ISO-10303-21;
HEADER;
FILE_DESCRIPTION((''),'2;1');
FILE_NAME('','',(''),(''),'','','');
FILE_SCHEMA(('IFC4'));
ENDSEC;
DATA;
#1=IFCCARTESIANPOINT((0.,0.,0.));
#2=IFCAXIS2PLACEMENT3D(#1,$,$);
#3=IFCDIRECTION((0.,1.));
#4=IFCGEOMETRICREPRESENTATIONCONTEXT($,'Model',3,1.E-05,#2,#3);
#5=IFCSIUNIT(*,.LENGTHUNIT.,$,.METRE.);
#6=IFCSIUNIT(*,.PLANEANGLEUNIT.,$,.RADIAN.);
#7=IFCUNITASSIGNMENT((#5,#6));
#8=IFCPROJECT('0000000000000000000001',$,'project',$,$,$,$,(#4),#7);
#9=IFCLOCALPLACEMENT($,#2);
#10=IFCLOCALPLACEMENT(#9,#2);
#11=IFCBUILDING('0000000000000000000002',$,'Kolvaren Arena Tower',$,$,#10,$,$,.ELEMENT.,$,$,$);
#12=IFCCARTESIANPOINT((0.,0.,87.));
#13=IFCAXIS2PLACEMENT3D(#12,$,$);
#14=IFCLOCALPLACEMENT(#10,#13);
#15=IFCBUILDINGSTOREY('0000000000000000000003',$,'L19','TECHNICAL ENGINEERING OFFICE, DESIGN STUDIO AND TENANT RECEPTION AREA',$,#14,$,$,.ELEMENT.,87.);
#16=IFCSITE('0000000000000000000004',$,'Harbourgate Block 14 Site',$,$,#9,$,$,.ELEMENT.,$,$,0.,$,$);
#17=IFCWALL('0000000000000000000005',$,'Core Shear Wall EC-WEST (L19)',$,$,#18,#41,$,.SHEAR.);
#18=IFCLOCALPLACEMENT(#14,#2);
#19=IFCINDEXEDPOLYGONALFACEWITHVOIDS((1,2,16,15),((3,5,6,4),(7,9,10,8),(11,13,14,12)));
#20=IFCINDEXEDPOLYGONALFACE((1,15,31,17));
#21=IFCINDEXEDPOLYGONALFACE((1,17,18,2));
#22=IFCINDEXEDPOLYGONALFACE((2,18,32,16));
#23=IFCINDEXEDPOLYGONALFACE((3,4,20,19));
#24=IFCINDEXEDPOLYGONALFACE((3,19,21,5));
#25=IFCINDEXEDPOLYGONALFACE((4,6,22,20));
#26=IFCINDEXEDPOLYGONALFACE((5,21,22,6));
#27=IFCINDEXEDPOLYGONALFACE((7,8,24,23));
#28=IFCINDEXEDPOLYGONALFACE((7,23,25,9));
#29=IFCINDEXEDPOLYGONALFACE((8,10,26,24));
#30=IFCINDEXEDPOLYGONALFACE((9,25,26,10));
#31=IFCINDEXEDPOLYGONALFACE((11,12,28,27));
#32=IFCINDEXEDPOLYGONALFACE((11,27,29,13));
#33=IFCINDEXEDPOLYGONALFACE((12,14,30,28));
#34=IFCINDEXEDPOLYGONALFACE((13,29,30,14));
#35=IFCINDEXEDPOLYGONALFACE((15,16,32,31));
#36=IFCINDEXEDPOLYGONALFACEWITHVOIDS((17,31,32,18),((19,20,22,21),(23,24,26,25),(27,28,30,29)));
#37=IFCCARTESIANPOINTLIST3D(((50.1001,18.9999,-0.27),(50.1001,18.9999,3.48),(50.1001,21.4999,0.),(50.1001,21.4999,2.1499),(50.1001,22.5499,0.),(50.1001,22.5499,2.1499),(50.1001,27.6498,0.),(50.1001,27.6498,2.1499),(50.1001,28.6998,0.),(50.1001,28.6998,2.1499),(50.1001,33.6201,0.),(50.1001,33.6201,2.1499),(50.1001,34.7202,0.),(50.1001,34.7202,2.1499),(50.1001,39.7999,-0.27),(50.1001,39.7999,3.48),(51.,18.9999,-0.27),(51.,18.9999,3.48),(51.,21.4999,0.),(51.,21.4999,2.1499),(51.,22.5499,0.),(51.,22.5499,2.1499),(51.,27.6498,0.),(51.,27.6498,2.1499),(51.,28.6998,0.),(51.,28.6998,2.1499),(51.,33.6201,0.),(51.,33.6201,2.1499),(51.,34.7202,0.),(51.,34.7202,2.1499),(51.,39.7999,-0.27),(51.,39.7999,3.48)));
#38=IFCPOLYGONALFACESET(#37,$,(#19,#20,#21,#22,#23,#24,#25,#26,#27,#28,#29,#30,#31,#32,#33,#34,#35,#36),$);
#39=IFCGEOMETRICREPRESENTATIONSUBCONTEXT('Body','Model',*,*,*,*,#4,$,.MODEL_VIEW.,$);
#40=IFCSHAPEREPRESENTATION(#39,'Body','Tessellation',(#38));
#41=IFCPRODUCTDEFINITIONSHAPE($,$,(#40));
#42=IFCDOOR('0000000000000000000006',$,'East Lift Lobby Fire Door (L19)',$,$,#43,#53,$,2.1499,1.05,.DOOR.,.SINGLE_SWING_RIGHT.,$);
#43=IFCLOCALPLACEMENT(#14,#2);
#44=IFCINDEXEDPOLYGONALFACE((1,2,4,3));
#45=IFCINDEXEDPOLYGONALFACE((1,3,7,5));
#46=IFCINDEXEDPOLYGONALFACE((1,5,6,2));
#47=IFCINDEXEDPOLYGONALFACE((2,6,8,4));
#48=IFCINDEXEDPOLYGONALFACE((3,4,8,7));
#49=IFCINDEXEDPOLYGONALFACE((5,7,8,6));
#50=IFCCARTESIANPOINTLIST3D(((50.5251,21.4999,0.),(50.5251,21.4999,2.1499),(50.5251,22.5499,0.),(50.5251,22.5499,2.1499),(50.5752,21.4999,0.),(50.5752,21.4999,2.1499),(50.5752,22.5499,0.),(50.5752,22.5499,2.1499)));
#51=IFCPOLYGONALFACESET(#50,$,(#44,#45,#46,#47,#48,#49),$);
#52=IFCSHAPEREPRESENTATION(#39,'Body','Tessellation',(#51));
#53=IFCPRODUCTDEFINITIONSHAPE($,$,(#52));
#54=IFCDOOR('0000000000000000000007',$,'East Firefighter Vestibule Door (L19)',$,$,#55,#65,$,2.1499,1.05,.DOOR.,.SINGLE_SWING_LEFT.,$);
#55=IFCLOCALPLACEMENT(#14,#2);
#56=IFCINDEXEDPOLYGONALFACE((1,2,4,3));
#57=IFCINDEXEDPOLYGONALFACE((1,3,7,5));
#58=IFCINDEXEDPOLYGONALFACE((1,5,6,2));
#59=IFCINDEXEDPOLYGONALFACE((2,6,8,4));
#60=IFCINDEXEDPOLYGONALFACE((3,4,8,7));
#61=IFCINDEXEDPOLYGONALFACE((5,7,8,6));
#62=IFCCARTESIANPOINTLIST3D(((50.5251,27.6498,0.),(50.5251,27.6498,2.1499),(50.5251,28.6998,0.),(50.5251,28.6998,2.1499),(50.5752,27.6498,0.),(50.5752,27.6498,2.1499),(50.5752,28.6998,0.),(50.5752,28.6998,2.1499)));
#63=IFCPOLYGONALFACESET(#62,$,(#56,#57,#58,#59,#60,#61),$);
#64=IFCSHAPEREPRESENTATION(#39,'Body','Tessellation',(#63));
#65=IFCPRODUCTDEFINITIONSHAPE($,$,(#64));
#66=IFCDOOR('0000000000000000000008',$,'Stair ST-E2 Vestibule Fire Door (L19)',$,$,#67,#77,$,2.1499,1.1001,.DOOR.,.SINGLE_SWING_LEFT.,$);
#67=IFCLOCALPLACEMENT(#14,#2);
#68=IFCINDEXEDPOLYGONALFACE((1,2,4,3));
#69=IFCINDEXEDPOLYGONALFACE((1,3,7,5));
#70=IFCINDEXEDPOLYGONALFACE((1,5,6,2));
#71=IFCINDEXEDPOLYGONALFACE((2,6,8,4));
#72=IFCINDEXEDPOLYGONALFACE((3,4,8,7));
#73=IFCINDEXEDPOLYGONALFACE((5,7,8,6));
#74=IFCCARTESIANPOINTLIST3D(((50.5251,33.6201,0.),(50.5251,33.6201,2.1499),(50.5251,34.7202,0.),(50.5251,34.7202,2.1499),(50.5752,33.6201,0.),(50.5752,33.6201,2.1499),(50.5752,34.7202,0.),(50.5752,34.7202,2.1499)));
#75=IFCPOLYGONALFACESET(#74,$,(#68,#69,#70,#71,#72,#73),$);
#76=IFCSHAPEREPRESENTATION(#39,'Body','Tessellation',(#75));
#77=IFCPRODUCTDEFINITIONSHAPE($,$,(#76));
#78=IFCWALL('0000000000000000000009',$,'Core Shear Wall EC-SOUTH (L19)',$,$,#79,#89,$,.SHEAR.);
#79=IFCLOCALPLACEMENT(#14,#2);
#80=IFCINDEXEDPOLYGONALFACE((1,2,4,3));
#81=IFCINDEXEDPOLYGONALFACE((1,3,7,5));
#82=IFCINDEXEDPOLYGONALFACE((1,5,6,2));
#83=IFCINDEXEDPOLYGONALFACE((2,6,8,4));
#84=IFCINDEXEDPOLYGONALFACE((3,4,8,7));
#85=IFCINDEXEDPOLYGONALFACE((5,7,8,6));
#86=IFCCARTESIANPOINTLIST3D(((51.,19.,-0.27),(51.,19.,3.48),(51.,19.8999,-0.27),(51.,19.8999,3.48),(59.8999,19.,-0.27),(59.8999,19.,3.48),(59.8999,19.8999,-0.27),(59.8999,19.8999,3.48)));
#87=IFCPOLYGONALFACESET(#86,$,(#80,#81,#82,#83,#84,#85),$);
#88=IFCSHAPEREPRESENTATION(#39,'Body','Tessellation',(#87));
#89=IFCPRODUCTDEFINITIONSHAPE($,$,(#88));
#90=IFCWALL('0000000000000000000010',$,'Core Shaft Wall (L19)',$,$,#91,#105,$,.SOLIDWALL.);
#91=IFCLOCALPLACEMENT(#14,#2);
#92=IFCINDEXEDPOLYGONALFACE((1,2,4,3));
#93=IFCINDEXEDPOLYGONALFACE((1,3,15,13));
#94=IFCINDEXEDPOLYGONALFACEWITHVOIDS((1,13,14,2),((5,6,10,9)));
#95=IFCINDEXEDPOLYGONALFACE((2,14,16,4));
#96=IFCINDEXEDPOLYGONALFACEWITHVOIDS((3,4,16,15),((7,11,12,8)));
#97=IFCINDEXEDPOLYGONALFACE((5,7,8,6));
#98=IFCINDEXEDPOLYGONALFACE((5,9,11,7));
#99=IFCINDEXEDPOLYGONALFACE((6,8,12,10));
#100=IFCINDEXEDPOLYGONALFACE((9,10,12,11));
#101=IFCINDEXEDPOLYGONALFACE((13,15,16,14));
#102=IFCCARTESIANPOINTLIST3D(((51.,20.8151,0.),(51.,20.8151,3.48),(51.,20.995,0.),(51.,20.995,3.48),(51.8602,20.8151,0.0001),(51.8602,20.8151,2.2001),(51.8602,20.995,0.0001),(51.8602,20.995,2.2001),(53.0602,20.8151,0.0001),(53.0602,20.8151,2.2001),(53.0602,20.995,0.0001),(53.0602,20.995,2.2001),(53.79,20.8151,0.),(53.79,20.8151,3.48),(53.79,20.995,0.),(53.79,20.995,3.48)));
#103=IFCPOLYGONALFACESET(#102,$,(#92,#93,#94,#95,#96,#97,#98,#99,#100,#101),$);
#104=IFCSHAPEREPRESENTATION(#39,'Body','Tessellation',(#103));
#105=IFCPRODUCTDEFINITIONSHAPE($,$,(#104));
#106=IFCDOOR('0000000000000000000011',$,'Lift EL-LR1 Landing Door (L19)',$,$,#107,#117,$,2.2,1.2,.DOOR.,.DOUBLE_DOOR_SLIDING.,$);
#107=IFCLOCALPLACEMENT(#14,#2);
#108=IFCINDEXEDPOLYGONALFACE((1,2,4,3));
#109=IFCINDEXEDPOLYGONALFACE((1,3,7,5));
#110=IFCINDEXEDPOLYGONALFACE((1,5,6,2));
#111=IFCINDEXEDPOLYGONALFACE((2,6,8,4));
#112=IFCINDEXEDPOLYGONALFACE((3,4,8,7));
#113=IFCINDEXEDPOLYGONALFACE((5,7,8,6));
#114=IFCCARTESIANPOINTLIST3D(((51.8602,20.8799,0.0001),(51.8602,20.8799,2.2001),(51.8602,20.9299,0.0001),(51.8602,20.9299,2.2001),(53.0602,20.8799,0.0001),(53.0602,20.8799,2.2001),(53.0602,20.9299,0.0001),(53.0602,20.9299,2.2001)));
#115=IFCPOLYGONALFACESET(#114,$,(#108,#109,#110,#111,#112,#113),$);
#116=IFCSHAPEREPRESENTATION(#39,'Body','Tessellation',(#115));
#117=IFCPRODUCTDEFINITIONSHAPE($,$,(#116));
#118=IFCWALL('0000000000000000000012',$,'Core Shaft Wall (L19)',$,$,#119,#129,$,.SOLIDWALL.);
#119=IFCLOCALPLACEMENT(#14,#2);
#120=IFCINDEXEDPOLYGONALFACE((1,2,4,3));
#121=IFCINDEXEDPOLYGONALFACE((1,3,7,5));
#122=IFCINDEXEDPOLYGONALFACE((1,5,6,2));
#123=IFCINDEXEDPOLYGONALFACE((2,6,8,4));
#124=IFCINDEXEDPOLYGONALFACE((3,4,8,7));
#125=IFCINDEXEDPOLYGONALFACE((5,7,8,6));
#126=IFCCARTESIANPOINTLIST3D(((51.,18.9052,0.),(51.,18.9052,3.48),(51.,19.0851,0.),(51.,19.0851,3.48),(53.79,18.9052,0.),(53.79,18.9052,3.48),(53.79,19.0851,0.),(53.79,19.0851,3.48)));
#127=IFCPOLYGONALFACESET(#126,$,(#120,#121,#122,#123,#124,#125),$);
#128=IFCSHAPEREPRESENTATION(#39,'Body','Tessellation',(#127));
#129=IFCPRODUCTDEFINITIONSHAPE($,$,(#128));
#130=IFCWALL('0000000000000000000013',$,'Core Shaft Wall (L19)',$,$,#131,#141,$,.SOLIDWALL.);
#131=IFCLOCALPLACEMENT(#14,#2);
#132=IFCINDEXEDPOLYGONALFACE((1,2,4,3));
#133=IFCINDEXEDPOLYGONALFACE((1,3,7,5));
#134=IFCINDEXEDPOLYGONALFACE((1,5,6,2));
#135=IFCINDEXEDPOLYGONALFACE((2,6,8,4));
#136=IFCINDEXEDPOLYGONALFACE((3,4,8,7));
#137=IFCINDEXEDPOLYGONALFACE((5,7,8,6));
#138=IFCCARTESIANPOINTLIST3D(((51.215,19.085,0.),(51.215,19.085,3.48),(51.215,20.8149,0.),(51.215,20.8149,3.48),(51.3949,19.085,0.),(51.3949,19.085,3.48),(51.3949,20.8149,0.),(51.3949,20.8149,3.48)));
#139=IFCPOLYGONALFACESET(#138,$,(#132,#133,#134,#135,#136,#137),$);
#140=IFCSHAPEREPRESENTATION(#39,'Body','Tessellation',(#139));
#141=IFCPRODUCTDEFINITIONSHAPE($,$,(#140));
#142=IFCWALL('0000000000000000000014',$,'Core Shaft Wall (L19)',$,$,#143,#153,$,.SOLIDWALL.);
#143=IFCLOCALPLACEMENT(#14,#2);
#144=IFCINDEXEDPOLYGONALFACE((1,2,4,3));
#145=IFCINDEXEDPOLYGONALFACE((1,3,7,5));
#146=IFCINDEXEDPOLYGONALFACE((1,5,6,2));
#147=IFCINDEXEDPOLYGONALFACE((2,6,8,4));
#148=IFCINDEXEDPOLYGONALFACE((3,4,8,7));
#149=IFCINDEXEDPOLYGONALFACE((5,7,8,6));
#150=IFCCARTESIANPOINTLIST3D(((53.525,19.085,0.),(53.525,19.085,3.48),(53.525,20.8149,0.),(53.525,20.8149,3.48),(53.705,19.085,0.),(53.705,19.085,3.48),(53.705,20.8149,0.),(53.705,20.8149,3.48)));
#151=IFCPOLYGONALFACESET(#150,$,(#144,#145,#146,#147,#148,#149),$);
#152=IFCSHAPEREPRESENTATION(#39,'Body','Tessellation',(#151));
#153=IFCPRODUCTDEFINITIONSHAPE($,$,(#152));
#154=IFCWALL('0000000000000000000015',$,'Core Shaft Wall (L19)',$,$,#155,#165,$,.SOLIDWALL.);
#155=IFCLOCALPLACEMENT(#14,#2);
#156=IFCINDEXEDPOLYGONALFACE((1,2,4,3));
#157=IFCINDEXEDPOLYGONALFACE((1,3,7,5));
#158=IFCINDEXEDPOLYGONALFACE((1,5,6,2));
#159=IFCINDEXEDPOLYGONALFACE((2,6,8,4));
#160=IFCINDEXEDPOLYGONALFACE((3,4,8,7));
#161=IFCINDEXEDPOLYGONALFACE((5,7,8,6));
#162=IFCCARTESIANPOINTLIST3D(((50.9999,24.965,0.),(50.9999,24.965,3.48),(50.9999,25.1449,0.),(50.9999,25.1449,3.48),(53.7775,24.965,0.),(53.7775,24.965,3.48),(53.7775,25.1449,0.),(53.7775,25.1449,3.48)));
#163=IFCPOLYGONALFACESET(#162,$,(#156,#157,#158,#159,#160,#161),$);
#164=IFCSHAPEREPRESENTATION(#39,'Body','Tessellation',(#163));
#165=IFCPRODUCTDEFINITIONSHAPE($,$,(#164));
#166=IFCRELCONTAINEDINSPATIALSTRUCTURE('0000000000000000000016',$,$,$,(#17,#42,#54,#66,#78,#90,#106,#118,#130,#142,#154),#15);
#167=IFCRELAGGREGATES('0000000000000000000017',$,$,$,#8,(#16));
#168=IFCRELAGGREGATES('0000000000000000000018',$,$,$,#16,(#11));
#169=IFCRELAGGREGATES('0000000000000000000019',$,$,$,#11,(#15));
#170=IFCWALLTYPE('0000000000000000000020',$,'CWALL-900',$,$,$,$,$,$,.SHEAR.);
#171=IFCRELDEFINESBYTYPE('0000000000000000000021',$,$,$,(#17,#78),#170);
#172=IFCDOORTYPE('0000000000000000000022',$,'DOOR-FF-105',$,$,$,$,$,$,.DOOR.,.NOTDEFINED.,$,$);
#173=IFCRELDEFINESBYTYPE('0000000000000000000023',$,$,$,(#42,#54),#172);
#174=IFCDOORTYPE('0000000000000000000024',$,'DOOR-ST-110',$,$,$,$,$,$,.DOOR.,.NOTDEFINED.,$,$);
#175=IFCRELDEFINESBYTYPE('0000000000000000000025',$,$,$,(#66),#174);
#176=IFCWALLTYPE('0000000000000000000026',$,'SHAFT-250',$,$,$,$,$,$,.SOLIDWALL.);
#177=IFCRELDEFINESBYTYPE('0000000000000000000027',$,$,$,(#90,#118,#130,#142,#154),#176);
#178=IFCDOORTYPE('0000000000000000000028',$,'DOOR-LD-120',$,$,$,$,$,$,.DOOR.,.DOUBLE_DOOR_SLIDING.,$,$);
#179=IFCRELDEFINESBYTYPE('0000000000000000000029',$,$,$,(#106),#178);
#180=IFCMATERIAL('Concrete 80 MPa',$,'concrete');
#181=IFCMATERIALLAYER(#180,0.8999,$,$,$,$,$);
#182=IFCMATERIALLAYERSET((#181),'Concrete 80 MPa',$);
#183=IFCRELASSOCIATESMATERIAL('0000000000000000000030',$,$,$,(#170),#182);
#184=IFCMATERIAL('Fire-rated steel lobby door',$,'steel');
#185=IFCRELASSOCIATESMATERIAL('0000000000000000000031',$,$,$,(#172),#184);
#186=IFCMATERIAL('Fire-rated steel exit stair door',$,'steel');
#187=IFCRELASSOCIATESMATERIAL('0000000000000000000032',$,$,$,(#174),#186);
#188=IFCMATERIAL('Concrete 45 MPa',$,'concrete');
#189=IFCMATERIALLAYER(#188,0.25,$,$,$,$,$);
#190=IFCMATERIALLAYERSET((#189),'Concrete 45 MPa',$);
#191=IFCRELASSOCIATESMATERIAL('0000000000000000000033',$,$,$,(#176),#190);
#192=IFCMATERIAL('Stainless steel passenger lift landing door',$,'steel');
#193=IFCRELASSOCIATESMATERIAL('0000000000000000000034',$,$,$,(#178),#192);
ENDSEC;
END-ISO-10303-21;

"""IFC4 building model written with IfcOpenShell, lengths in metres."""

from ifc_helpers import new_model, si_unit, direction, frame, frame_2d, origin, place, context, subcontext, project, spatial, rectangle, extrude, material, layer, layer_set, type_object, element, fill, save


model = new_model("IFC4")

# Units and contexts
model_context = context("Model", 3, precision=1e-05, world=origin(), true_north=direction((0.0, 1.0)))
body_context = subcontext(model_context, "Body", "Model", "MODEL_VIEW")
ifc_project = project(units=[si_unit("LENGTHUNIT", "METRE"), si_unit("PLANEANGLEUNIT", "RADIAN")], contexts=[model_context])

# Site, building, storey
site_placement = place(None, origin())
site = spatial("IfcSite", under=ifc_project, at=site_placement, Name="Harbourgate Block 14 Site", CompositionType="ELEMENT", RefElevation=0.0)
building_placement = place(site_placement, origin())
building = spatial("IfcBuilding", under=site, at=building_placement, Name="Kolvaren Arena Tower", CompositionType="ELEMENT")
storey_placement = place(building_placement, frame((0.0, 0.0, 87.0)))
storey = spatial("IfcBuildingStorey", under=building, at=storey_placement, Name="L19", Description="TECHNICAL ENGINEERING OFFICE, DESIGN STUDIO AND TENANT RECEPTION AREA", CompositionType="ELEMENT", Elevation=87.0)

# Wall, openings, doors
ifc_material_1 = material(Name="Concrete 80 MPa", Category="concrete")
ifc_layer_1 = layer(ifc_material_1, 0.8999)
ifc_layer_set_1 = layer_set([ifc_layer_1], Name="Concrete 80 MPa")
wall_type_1 = type_object("IfcWallType", Name="CWALL-900", PredefinedType="SHEAR", material=ifc_layer_set_1)
wall_1_placement = place(storey_placement, frame((50.55, 19.0, -0.27), z_axis=(0.0, 0.0, 1.0), x_axis=(0.0, 1.0, 0.0)))
wall_1 = element("IfcWall", 1, at=wall_1_placement, inside=storey, type_object=wall_type_1, Name="Core Shear Wall EC-WEST (L19)", PredefinedType="SHEAR", context=body_context, shape_type="SweptSolid", body=[
    extrude(rectangle(XDim=20.8, YDim=0.8999, at=frame_2d((10.3999, 0.0))), origin(), (0.0, 0.0, 1.0), 3.75),
])
opening_1_placement = place(wall_1_placement, frame((2.5, 0.0, 0.27)))
opening_1 = element("IfcOpeningElement", 2, at=opening_1_placement, cuts=wall_1, PredefinedType="OPENING", context=body_context, shape_type="SweptSolid", body=[
    extrude(rectangle(XDim=1.05, YDim=2.1499, at=frame_2d((0.5249, 1.075))), frame((0.0, 0.46, 0.0), z_axis=(0.0, -1.0, 0.0), x_axis=(1.0, 0.0, 0.0)), (0.0, 0.0, 1.0), 0.9199),
])
opening_2_placement = place(wall_1_placement, frame((8.6499, 0.0, 0.27)))
opening_2 = element("IfcOpeningElement", 3, at=opening_2_placement, cuts=wall_1, PredefinedType="OPENING", context=body_context, shape_type="SweptSolid", body=[
    extrude(rectangle(XDim=1.05, YDim=2.1499, at=frame_2d((0.5249, 1.075))), frame((0.0, 0.46, 0.0), z_axis=(0.0, -1.0, 0.0), x_axis=(1.0, 0.0, 0.0)), (0.0, 0.0, 1.0), 0.9199),
])
opening_3_placement = place(wall_1_placement, frame((14.6201, 0.0, 0.27)))
opening_3 = element("IfcOpeningElement", 4, at=opening_3_placement, cuts=wall_1, PredefinedType="OPENING", context=body_context, shape_type="SweptSolid", body=[
    extrude(rectangle(XDim=1.1001, YDim=2.1499, at=frame_2d((0.55, 1.075))), frame((0.0, 0.46, 0.0), z_axis=(0.0, -1.0, 0.0), x_axis=(1.0, 0.0, 0.0)), (0.0, 0.0, 1.0), 0.9199),
])
ifc_material_2 = material(Name="Fire-rated steel lobby door", Category="steel")
door_type_1 = type_object("IfcDoorType", Name="DOOR-FF-105", OperationType="NOTDEFINED", PredefinedType="DOOR", material=ifc_material_2)
door_1_placement = place(opening_1_placement, origin())
door_1 = element("IfcDoor", 5, at=door_1_placement, inside=storey, type_object=door_type_1, Name="East Lift Lobby Fire Door (L19)", OperationType="SINGLE_SWING_RIGHT", OverallHeight=2.1499, OverallWidth=1.05, PredefinedType="DOOR", context=body_context, shape_type="SweptSolid", body=[
    extrude(rectangle(XDim=1.05, YDim=2.1499, at=frame_2d((0.5249, 1.075))), frame((0.0, 0.0249, 0.0), z_axis=(0.0, -1.0, 0.0), x_axis=(1.0, 0.0, 0.0)), (0.0, 0.0, 1.0), 0.05),
])
fill(opening_1, door_1)
door_2_placement = place(opening_2_placement, origin())
door_2 = element("IfcDoor", 6, at=door_2_placement, inside=storey, type_object=door_type_1, Name="East Firefighter Vestibule Door (L19)", OperationType="SINGLE_SWING_LEFT", OverallHeight=2.1499, OverallWidth=1.05, PredefinedType="DOOR", context=body_context, shape_type="SweptSolid", body=[
    extrude(rectangle(XDim=1.05, YDim=2.1499, at=frame_2d((0.5249, 1.075))), frame((0.0, 0.0249, 0.0), z_axis=(0.0, -1.0, 0.0), x_axis=(1.0, 0.0, 0.0)), (0.0, 0.0, 1.0), 0.05),
])
fill(opening_2, door_2)
ifc_material_3 = material(Name="Fire-rated steel exit stair door", Category="steel")
door_type_2 = type_object("IfcDoorType", Name="DOOR-ST-110", OperationType="NOTDEFINED", PredefinedType="DOOR", material=ifc_material_3)
door_3_placement = place(opening_3_placement, origin())
door_3 = element("IfcDoor", 7, at=door_3_placement, inside=storey, type_object=door_type_2, Name="Stair ST-E2 Vestibule Fire Door (L19)", OperationType="SINGLE_SWING_LEFT", OverallHeight=2.1499, OverallWidth=1.1001, PredefinedType="DOOR", context=body_context, shape_type="SweptSolid", body=[
    extrude(rectangle(XDim=1.1001, YDim=2.1499, at=frame_2d((0.55, 1.075))), frame((0.0, 0.0249, 0.0), z_axis=(0.0, -1.0, 0.0), x_axis=(1.0, 0.0, 0.0)), (0.0, 0.0, 1.0), 0.05),
])
fill(opening_3, door_3)

# Wall
wall_2_placement = place(storey_placement, frame((51.0, 19.45, -0.27), z_axis=(0.0, 0.0, 1.0), x_axis=(1.0, 0.0, 0.0)))
element("IfcWall", 8, at=wall_2_placement, inside=storey, type_object=wall_type_1, Name="Core Shear Wall EC-SOUTH (L19)", PredefinedType="SHEAR", context=body_context, shape_type="SweptSolid", body=[
    extrude(rectangle(XDim=8.8999, YDim=0.8999, at=frame_2d((4.45, 0.0))), origin(), (0.0, 0.0, 1.0), 3.75),
])

# Wall, opening, door
ifc_material_4 = material(Name="Concrete 45 MPa", Category="concrete")
ifc_layer_2 = layer(ifc_material_4, 0.25)
ifc_layer_set_2 = layer_set([ifc_layer_2], Name="Concrete 45 MPa")
wall_type_2 = type_object("IfcWallType", Name="SHAFT-250", PredefinedType="SOLIDWALL", material=ifc_layer_set_2)
wall_3_placement = place(storey_placement, frame((51.0, 20.905, 0.0), z_axis=(0.0, 0.0, 1.0), x_axis=(1.0, 0.0, 0.0)))
wall_3 = element("IfcWall", 9, at=wall_3_placement, inside=storey, type_object=wall_type_2, Name="Core Shaft Wall (L19)", PredefinedType="SOLIDWALL", context=body_context, shape_type="SweptSolid", body=[
    extrude(rectangle(XDim=2.79, YDim=0.1799, at=frame_2d((1.395, 0.0))), origin(), (0.0, 0.0, 1.0), 3.48),
])
opening_4_placement = place(wall_3_placement, frame((0.8601, 0.0, 0.0)))
opening_4 = element("IfcOpeningElement", 10, at=opening_4_placement, cuts=wall_3, PredefinedType="OPENING", context=body_context, shape_type="SweptSolid", body=[
    extrude(rectangle(XDim=1.2, YDim=2.2, at=frame_2d((0.6001, 1.1001))), frame((0.0, 0.0999, 0.0), z_axis=(0.0, -1.0, 0.0), x_axis=(1.0, 0.0, 0.0)), (0.0, 0.0, 1.0), 0.2),
])
ifc_material_5 = material(Name="Stainless steel passenger lift landing door", Category="steel")
door_type_3 = type_object("IfcDoorType", Name="DOOR-LD-120", OperationType="DOUBLE_DOOR_SLIDING", PredefinedType="DOOR", material=ifc_material_5)
door_4_placement = place(opening_4_placement, origin())
door_4 = element("IfcDoor", 11, at=door_4_placement, inside=storey, type_object=door_type_3, Name="Lift EL-LR1 Landing Door (L19)", OperationType="DOUBLE_DOOR_SLIDING", OverallHeight=2.2, OverallWidth=1.2, PredefinedType="DOOR", context=body_context, shape_type="SweptSolid", body=[
    extrude(rectangle(XDim=1.2, YDim=2.2, at=frame_2d((0.6001, 1.1001))), frame((0.0, 0.0249, 0.0), z_axis=(0.0, -1.0, 0.0), x_axis=(1.0, 0.0, 0.0)), (0.0, 0.0, 1.0), 0.05),
])
fill(opening_4, door_4)

# Walls
wall_4_placement = place(storey_placement, frame((51.0, 18.9951, 0.0), z_axis=(0.0, 0.0, 1.0), x_axis=(1.0, 0.0, 0.0)))
element("IfcWall", 12, at=wall_4_placement, inside=storey, type_object=wall_type_2, Name="Core Shaft Wall (L19)", PredefinedType="SOLIDWALL", context=body_context, shape_type="SweptSolid", body=[
    extrude(rectangle(XDim=2.79, YDim=0.1799, at=frame_2d((1.395, 0.0))), origin(), (0.0, 0.0, 1.0), 3.48),
])
for number, where, z_axis, x_axis, name in (
    (13, (51.3049, 19.085, 0.0), (0.0, 0.0, 1.0), (0.0, 1.0, 0.0), "Core Shaft Wall (L19)"),
    (14, (53.615, 19.085, 0.0), (0.0, 0.0, 1.0), (0.0, 1.0, 0.0), "Core Shaft Wall (L19)"),
):
    element("IfcWall", number, at=place(storey_placement, frame(where, z_axis=z_axis, x_axis=x_axis)), inside=storey, type_object=wall_type_2, Name=name, PredefinedType="SOLIDWALL", context=body_context, shape_type="SweptSolid", body=[
        extrude(rectangle(XDim=1.73, YDim=0.1799, at=frame_2d((0.865, 0.0))), origin(), (0.0, 0.0, 1.0), 3.48),
    ])
wall_5_placement = place(storey_placement, frame((51.0, 25.0549, 0.0), z_axis=(0.0, 0.0, 1.0), x_axis=(1.0, 0.0, 0.0)))
element("IfcWall", 15, at=wall_5_placement, inside=storey, type_object=wall_type_2, Name="Core Shaft Wall (L19)", PredefinedType="SOLIDWALL", context=body_context, shape_type="SweptSolid", body=[
    extrude(rectangle(XDim=2.7776, YDim=0.1799, at=frame_2d((1.3887, 0.0))), origin(), (0.0, 0.0, 1.0), 3.48),
])

save(model, "model.ifc")
